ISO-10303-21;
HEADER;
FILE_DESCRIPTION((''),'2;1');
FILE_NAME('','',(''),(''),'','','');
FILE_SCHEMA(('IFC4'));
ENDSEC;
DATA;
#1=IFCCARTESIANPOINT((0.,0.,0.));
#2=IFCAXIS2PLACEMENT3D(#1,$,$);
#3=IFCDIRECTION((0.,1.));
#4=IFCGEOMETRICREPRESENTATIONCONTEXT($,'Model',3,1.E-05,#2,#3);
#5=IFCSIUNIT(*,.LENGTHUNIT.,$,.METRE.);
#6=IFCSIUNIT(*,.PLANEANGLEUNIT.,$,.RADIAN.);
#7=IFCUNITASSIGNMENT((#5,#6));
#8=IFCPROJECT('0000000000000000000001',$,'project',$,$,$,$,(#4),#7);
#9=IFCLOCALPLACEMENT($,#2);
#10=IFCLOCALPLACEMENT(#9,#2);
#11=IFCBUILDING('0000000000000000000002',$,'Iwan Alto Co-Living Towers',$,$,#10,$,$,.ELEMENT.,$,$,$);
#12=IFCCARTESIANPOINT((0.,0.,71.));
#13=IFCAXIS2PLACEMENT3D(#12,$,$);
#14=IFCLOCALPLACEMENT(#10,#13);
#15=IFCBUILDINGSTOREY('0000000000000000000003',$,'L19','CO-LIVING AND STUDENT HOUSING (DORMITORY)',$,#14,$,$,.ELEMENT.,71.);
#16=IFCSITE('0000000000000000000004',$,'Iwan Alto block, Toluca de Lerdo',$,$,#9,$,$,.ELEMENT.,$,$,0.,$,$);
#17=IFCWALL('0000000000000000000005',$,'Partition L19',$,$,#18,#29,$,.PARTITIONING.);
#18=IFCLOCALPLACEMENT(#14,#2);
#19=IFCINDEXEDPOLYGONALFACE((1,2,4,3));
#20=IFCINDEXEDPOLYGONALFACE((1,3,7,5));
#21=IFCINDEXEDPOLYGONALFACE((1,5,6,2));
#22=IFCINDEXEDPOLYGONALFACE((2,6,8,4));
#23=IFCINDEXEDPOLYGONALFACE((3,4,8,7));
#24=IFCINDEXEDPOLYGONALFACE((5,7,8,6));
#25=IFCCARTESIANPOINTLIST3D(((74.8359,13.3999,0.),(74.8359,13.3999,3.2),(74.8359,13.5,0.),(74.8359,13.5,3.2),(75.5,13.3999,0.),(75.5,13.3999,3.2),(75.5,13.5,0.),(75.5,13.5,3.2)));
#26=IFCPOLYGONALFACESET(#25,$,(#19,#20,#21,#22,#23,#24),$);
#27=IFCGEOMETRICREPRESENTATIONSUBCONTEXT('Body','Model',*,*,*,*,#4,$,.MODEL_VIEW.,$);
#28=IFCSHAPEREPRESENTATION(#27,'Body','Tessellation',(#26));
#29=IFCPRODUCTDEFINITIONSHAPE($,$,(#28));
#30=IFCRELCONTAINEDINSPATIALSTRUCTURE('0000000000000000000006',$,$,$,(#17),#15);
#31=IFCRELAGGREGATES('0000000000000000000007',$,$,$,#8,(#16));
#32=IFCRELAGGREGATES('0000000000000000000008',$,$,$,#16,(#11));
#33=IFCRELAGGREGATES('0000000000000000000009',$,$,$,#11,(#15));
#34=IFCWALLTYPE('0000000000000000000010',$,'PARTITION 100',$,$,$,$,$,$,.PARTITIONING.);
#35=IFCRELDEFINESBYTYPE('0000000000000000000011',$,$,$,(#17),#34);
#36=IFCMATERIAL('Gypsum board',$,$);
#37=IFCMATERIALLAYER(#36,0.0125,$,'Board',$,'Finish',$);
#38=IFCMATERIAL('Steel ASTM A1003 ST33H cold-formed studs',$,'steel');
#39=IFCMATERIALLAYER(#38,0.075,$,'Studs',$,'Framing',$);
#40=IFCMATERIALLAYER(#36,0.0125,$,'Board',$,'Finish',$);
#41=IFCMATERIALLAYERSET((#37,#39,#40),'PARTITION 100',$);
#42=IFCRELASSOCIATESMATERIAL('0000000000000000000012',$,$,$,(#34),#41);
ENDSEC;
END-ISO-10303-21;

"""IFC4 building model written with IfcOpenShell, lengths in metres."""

from ifc_helpers import new_model, si_unit, direction, frame, frame_2d, origin, place, context, subcontext, project, spatial, rectangle, extrude, material, layer, layer_set, type_object, element, save


model = new_model("IFC4")

# Units and contexts
model_context = context("Model", 3, precision=1e-05, world=origin(), true_north=direction((0.0, 1.0)))
body_context = subcontext(model_context, "Body", "Model", "MODEL_VIEW")
ifc_project = project(units=[si_unit("LENGTHUNIT", "METRE"), si_unit("PLANEANGLEUNIT", "RADIAN")], contexts=[model_context])

# Site, building, storey
site_placement = place(None, origin())
site = spatial("IfcSite", under=ifc_project, at=site_placement, Name="Iwan Alto block, Toluca de Lerdo", CompositionType="ELEMENT", RefElevation=0.0)
building_placement = place(site_placement, origin())
building = spatial("IfcBuilding", under=site, at=building_placement, Name="Iwan Alto Co-Living Towers", CompositionType="ELEMENT")
storey_placement = place(building_placement, frame((0.0, 0.0, 71.0)))
storey = spatial("IfcBuildingStorey", under=building, at=storey_placement, Name="L19", Description="CO-LIVING AND STUDENT HOUSING (DORMITORY)", CompositionType="ELEMENT", Elevation=71.0)

# Wall
ifc_material_1 = material(Name="Gypsum board")
ifc_layer_1 = layer(ifc_material_1, 0.0125, Name="Board", Category="Finish")
ifc_material_2 = material(Name="Steel ASTM A1003 ST33H cold-formed studs", Category="steel")
ifc_layer_2 = layer(ifc_material_2, 0.075, Name="Studs", Category="Framing")
ifc_layer_3 = layer(ifc_material_1, 0.0125, Name="Board", Category="Finish")
ifc_layer_set_1 = layer_set([ifc_layer_1, ifc_layer_2, ifc_layer_3], Name="PARTITION 100")
wall_type = type_object("IfcWallType", Name="PARTITION 100", PredefinedType="PARTITIONING", material=ifc_layer_set_1)
wall_placement = place(storey_placement, frame((74.8359, 13.45, 0.0), z_axis=(0.0, 0.0, 1.0), x_axis=(1.0, 0.0, 0.0)))
element("IfcWall", 1, at=wall_placement, inside=storey, type_object=wall_type, Name="Partition L19", PredefinedType="PARTITIONING", context=body_context, shape_type="SweptSolid", body=[
    extrude(rectangle(XDim=0.6641, YDim=0.1001, at=frame_2d((0.332, 0.0))), origin(), (0.0, 0.0, 1.0), 3.2),
])

save(model, "model.ifc")
